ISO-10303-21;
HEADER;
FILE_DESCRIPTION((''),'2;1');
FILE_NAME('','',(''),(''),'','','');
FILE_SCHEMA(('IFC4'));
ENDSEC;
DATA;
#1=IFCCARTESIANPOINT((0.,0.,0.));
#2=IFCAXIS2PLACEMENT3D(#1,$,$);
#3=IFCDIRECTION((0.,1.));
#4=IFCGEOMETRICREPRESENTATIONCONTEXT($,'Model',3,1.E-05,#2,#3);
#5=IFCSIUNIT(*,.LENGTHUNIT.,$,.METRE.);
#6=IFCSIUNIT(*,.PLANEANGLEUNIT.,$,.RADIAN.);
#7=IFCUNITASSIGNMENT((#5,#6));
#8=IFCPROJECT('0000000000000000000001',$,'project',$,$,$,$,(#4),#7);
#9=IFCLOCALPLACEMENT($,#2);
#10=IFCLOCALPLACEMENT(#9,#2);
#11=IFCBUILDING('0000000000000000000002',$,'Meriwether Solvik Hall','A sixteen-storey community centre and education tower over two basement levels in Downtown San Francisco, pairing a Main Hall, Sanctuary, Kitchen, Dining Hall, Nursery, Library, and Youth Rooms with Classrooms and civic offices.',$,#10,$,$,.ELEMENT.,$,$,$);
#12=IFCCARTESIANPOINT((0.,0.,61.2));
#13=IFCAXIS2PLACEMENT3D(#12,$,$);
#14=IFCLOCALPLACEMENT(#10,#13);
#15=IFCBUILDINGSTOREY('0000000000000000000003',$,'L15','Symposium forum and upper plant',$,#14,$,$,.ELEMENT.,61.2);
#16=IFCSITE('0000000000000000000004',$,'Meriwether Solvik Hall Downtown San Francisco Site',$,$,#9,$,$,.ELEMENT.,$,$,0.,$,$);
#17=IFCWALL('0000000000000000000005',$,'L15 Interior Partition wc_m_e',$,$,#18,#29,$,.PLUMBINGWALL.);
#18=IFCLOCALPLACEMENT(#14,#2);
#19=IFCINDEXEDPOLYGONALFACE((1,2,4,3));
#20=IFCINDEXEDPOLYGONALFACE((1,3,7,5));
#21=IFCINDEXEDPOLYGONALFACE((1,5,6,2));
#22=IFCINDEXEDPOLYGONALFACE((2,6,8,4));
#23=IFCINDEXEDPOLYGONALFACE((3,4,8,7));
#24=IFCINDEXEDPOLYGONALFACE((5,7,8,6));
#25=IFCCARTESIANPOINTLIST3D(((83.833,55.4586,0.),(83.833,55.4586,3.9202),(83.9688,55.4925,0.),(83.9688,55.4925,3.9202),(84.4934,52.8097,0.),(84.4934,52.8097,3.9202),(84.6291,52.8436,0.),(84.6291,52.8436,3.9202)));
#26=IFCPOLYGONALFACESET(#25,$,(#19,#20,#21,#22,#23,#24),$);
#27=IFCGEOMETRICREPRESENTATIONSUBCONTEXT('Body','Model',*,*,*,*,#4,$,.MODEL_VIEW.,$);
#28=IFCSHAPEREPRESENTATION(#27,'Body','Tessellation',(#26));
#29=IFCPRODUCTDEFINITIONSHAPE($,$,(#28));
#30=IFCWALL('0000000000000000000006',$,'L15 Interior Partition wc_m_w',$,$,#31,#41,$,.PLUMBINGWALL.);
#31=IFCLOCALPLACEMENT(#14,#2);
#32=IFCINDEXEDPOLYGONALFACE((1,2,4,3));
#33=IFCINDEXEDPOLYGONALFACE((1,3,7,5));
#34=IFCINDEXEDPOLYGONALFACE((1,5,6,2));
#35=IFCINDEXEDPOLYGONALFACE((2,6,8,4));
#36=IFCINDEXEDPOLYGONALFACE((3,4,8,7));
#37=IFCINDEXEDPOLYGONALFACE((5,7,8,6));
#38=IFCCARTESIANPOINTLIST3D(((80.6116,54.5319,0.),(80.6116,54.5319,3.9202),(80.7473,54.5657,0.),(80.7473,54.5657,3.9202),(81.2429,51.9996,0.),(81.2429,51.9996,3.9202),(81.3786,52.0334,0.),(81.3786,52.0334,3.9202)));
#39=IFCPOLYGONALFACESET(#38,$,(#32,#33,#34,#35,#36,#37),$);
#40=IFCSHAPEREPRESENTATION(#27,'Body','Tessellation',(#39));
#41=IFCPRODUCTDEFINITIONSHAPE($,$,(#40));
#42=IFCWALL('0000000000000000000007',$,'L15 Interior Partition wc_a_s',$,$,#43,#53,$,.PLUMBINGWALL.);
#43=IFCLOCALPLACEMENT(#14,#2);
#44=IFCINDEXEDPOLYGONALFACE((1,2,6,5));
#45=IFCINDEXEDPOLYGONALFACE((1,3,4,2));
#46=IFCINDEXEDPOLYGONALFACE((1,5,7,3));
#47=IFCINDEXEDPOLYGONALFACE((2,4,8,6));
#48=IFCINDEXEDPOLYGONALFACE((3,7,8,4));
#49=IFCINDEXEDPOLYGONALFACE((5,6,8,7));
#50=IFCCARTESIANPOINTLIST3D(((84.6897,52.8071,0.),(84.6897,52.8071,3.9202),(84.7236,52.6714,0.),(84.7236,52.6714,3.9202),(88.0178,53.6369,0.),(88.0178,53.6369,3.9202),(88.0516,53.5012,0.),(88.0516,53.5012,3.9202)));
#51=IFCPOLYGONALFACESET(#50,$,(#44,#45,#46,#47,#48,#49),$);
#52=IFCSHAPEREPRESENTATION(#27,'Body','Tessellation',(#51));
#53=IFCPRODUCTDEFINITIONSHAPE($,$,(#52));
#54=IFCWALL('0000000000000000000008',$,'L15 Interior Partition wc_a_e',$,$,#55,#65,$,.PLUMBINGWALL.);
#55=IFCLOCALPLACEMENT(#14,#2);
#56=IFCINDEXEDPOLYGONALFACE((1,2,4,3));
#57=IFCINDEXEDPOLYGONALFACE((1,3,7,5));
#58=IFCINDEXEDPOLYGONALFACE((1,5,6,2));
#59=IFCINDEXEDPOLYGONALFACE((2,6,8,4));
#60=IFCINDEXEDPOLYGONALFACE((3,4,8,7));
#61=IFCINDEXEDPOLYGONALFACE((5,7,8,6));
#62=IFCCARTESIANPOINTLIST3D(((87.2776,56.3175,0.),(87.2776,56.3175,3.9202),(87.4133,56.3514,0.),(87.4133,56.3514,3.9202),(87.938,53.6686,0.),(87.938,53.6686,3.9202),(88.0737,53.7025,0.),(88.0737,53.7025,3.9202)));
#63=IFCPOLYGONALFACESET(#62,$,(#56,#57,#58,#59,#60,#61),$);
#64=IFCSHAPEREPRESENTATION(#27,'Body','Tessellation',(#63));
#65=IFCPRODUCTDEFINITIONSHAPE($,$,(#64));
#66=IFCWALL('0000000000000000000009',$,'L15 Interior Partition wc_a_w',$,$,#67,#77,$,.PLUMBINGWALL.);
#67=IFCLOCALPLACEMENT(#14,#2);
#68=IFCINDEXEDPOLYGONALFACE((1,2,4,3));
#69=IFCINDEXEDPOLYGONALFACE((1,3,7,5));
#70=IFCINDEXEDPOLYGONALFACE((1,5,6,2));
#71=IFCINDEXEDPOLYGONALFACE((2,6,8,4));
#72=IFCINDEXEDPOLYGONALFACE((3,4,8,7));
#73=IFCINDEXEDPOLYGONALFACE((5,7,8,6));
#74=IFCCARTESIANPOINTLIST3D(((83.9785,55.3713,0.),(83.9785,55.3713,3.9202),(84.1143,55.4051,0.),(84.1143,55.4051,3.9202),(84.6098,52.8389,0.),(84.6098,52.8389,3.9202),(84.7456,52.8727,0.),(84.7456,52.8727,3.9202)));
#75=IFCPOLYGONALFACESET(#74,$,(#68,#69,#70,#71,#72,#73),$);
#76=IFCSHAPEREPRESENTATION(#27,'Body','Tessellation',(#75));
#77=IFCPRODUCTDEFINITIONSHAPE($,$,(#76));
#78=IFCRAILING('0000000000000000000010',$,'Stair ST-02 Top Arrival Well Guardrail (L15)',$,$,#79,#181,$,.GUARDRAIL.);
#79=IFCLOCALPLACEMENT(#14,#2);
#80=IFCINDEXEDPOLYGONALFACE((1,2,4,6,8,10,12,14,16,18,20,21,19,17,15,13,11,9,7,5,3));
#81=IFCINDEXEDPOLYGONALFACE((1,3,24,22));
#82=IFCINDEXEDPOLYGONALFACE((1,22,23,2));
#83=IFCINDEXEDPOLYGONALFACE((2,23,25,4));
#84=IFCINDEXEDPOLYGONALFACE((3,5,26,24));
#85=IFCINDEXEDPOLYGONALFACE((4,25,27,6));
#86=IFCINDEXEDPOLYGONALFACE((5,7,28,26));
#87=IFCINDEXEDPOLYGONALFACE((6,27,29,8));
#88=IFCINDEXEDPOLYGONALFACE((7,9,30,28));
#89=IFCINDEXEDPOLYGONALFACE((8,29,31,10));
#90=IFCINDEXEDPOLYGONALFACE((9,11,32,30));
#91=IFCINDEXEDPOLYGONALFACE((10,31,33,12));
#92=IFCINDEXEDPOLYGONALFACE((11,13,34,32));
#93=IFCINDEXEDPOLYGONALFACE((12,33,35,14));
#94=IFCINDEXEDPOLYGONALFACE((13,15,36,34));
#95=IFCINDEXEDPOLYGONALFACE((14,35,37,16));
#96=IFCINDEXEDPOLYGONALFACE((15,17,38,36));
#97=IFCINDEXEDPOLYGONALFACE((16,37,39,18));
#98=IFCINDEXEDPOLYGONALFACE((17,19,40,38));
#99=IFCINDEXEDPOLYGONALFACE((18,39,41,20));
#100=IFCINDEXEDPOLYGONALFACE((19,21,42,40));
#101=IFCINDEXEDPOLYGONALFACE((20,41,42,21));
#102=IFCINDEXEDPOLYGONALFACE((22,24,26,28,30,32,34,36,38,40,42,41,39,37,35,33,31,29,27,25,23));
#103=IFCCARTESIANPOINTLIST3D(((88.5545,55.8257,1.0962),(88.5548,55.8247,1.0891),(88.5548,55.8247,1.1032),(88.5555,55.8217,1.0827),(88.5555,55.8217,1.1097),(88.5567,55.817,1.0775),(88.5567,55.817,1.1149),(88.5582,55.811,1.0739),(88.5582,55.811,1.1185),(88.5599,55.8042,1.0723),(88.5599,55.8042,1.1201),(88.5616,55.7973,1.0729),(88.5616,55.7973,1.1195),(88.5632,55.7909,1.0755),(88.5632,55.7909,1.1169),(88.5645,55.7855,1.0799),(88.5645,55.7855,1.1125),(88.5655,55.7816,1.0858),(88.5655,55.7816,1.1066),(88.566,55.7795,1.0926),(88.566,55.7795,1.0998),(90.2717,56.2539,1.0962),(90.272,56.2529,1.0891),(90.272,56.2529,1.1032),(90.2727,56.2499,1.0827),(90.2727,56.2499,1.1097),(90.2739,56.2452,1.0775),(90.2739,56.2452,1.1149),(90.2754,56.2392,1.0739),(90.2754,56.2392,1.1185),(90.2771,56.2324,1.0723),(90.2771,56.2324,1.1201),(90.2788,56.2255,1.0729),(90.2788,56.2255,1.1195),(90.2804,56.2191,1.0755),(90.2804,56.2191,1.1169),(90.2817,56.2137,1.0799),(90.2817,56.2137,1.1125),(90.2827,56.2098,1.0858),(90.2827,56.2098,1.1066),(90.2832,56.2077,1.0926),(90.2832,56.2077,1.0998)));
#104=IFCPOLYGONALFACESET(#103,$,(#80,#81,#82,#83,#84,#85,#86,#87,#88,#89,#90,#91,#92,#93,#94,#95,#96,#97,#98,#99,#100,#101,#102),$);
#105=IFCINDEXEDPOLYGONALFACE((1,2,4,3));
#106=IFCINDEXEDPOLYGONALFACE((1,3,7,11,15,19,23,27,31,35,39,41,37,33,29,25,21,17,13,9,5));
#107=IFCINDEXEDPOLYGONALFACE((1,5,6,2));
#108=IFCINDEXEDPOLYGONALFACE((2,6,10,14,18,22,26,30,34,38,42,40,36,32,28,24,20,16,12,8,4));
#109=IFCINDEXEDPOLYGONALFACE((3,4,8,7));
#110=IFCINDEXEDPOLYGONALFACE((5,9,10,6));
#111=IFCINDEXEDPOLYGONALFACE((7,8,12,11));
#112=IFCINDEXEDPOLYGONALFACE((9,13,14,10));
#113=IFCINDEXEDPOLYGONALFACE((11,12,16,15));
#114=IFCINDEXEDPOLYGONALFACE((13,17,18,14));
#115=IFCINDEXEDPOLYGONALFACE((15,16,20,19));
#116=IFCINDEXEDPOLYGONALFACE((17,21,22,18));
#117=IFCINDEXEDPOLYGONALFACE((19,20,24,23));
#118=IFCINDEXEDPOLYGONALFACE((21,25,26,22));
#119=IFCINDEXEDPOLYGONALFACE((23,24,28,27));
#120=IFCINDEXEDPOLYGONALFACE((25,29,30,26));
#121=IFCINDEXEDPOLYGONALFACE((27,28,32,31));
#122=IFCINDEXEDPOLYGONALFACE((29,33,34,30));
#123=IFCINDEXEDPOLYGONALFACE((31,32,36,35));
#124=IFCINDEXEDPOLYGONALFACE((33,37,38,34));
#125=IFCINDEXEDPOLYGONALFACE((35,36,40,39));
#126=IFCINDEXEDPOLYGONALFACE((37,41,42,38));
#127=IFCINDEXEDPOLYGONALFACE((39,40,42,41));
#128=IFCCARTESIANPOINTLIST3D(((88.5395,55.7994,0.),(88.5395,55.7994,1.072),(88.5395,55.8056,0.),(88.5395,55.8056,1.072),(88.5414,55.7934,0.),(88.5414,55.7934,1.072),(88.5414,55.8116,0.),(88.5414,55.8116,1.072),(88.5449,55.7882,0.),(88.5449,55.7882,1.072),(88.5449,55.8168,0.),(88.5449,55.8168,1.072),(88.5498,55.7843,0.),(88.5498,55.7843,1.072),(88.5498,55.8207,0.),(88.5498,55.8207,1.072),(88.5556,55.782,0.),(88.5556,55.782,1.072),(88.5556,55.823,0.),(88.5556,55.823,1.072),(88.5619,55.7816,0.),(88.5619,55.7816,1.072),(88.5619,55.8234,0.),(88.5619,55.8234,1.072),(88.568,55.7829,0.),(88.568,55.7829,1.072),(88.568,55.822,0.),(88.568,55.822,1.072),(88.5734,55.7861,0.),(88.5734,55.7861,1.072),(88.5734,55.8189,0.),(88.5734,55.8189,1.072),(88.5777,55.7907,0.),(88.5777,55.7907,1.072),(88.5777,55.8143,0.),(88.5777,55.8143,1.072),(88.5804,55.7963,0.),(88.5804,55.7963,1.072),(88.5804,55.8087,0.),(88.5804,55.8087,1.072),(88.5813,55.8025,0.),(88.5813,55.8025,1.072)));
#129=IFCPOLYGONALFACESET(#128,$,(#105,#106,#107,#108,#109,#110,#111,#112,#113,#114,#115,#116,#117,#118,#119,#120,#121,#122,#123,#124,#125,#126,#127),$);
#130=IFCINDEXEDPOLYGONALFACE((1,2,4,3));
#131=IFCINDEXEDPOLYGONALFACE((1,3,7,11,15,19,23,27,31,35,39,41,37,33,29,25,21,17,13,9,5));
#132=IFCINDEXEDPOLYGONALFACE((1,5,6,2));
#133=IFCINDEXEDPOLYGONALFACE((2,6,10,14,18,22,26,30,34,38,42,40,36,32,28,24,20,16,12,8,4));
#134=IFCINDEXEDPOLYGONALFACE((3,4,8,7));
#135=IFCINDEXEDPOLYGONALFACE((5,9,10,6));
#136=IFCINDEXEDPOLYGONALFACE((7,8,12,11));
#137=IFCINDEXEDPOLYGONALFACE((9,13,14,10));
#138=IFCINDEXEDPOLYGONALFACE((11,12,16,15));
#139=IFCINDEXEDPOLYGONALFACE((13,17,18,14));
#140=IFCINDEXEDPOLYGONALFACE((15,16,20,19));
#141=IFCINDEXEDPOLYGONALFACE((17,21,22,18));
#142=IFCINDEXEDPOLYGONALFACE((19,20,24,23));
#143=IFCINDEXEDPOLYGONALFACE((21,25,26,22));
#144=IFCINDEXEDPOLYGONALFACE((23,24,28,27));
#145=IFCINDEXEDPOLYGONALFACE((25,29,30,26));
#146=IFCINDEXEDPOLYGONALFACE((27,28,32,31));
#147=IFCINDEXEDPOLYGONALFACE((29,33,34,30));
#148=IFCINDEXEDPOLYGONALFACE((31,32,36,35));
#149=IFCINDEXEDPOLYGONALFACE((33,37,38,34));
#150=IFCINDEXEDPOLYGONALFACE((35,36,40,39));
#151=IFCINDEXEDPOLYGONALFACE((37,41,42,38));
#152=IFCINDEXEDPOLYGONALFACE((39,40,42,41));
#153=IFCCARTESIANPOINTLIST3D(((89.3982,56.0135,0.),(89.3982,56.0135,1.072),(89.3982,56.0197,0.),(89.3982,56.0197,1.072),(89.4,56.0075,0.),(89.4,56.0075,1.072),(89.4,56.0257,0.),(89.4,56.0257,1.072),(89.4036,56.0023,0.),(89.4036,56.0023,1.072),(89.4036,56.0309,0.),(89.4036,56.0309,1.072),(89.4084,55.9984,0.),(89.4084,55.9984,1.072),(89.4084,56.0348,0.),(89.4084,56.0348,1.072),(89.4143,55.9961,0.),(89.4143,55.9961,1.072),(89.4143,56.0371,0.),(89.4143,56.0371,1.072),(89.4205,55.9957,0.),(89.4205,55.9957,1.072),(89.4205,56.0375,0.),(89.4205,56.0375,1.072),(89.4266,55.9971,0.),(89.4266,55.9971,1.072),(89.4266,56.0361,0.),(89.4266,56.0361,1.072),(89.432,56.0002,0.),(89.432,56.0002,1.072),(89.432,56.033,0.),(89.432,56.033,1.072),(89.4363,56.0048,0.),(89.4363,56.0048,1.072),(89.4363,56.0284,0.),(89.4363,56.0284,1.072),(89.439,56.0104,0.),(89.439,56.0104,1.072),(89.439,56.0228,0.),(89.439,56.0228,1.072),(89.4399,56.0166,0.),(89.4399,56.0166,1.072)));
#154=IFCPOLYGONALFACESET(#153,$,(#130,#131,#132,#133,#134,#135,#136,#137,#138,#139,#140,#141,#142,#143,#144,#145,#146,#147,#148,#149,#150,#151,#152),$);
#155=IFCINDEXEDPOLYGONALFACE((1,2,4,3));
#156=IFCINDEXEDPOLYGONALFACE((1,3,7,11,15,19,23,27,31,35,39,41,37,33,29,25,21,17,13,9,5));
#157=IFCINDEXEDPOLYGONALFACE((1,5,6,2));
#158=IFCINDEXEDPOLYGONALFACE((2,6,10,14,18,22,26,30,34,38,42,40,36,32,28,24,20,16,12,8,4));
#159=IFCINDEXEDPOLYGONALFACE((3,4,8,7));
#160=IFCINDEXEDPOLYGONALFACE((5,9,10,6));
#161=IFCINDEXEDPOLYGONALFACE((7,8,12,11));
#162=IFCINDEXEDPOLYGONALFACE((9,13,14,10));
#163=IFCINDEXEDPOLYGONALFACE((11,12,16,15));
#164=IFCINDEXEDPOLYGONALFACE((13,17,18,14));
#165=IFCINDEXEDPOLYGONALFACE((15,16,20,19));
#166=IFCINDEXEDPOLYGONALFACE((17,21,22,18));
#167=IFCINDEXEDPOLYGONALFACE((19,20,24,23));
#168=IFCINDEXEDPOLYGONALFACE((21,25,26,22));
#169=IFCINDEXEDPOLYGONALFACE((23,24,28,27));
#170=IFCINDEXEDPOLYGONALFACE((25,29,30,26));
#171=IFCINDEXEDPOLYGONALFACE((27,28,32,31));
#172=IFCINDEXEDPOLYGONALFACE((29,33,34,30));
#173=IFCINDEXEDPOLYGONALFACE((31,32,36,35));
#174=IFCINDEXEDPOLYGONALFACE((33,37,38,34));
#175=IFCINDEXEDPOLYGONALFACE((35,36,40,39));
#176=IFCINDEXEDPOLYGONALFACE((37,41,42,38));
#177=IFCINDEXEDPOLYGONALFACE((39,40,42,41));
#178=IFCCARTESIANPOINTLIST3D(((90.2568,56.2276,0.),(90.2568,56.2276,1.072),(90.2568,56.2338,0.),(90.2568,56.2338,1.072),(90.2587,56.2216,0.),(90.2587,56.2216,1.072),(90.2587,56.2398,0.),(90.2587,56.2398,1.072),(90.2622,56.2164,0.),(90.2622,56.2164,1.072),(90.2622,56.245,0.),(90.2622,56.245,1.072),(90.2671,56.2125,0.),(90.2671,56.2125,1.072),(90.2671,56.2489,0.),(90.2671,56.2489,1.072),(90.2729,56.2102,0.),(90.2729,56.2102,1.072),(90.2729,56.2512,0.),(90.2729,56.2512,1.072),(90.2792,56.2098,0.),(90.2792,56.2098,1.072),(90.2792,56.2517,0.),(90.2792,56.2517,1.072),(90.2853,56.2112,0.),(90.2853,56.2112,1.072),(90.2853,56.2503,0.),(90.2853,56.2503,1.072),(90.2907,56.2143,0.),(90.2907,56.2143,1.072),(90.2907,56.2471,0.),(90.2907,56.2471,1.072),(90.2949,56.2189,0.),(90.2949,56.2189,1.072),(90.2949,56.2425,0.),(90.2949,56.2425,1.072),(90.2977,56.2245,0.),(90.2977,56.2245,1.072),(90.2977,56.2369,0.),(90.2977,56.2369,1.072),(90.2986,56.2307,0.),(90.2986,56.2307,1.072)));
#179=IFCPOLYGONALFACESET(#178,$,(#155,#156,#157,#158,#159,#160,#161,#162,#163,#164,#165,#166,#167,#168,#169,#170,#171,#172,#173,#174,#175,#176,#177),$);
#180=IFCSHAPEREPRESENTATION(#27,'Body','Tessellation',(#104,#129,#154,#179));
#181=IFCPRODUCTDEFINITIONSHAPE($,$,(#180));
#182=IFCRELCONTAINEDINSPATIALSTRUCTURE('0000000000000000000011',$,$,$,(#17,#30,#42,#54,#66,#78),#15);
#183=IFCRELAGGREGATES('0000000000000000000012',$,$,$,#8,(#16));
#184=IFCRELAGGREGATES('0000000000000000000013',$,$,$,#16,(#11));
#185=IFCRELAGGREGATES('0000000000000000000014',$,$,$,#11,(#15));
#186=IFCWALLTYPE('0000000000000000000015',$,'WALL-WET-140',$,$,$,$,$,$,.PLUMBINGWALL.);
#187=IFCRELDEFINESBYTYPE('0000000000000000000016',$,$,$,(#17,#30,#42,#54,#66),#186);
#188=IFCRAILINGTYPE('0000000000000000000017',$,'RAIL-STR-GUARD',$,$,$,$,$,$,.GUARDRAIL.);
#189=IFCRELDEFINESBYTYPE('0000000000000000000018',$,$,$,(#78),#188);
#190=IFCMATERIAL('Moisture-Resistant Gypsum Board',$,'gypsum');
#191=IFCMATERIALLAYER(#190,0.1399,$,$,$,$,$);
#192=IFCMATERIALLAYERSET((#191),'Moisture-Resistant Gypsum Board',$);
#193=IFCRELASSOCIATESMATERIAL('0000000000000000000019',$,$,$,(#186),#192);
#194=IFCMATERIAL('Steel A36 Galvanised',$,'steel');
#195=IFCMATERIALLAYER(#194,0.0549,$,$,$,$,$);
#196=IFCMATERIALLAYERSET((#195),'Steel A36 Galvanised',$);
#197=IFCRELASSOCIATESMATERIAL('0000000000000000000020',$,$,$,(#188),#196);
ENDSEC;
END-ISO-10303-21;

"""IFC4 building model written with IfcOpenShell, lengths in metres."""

from ifc_helpers import new_model, si_unit, direction, frame, frame_2d, origin, origin_2d, place, context, subcontext, project, spatial, rectangle, circle, extrude, material, layer, layer_set, type_object, element, save


model = new_model("IFC4")

# Units and contexts
model_context = context("Model", 3, precision=1e-05, world=origin(), true_north=direction((0.0, 1.0)))
body_context = subcontext(model_context, "Body", "Model", "MODEL_VIEW")
ifc_project = project(units=[si_unit("LENGTHUNIT", "METRE"), si_unit("PLANEANGLEUNIT", "RADIAN")], contexts=[model_context])

# Site, building, storey
site_placement = place(None, origin())
site = spatial("IfcSite", under=ifc_project, at=site_placement, Name="Meriwether Solvik Hall Downtown San Francisco Site", CompositionType="ELEMENT", RefElevation=0.0)
building_placement = place(site_placement, origin())
building = spatial("IfcBuilding", under=site, at=building_placement, Name="Meriwether Solvik Hall", Description="A sixteen-storey community centre and education tower over two basement levels in Downtown San Francisco, pairing a Main Hall, Sanctuary, Kitchen, Dining Hall, Nursery, Library, and Youth Rooms with Classrooms and civic offices.", CompositionType="ELEMENT")
storey_placement = place(building_placement, frame((0.0, 0.0, 61.2)))
storey = spatial("IfcBuildingStorey", under=building, at=storey_placement, Name="L15", Description="Symposium forum and upper plant", CompositionType="ELEMENT", Elevation=61.2)

# Wall
ifc_material_1 = material(Name="Moisture-Resistant Gypsum Board", Category="gypsum")
ifc_layer_1 = layer(ifc_material_1, 0.1399)
ifc_layer_set_1 = layer_set([ifc_layer_1], Name="Moisture-Resistant Gypsum Board")
wall_type_1 = type_object("IfcWallType", Name="WALL-WET-140", PredefinedType="PLUMBINGWALL", material=ifc_layer_set_1)
wall_1_placement = place(storey_placement, frame((84.5613, 52.8267, 0.0), z_axis=(0.0, 0.0, 1.0), x_axis=(-0.241904, 0.9703, 0.0)))
element("IfcWall", 1, at=wall_1_placement, inside=storey, type_object=wall_type_1, Name="L15 Interior Partition wc_m_e", PredefinedType="PLUMBINGWALL", context=body_context, shape_type="SweptSolid", body=[
    extrude(rectangle(XDim=2.73, YDim=0.1399, at=frame_2d((1.365, 0.0))), origin(), (0.0, 0.0, 1.0), 3.9202),
])

# Walls
wall_2_placement = place(storey_placement, frame((80.6794, 54.5488, 0.0), z_axis=(0.0, 0.0, 1.0), x_axis=(0.241897, -0.970302, 0.0)))
element("IfcWall", 2, at=wall_2_placement, inside=storey, type_object=wall_type_1, Name="L15 Interior Partition wc_m_w", PredefinedType="PLUMBINGWALL", context=body_context, shape_type="SweptSolid", body=[
    extrude(rectangle(XDim=2.6099, YDim=0.1399, at=frame_2d((1.3049, 0.0))), origin(), (0.0, 0.0, 1.0), 3.9202),
])
wall_3_placement = place(storey_placement, frame((84.7068, 52.7393, 0.0), z_axis=(0.0, 0.0, 1.0), x_axis=(0.970293, 0.241933, 0.0)))
element("IfcWall", 3, at=wall_3_placement, inside=storey, type_object=wall_type_1, Name="L15 Interior Partition wc_a_s", PredefinedType="PLUMBINGWALL", context=body_context, shape_type="SweptSolid", body=[
    extrude(rectangle(XDim=3.4299, YDim=0.1399, at=frame_2d((1.7148, 0.0))), origin(), (0.0, 0.0, 1.0), 3.9202),
])
wall_4_placement = place(storey_placement, frame((88.0059, 53.6855, 0.0), z_axis=(0.0, 0.0, 1.0), x_axis=(-0.241904, 0.9703, 0.0)))
element("IfcWall", 4, at=wall_4_placement, inside=storey, type_object=wall_type_1, Name="L15 Interior Partition wc_a_e", PredefinedType="PLUMBINGWALL", context=body_context, shape_type="SweptSolid", body=[
    extrude(rectangle(XDim=2.73, YDim=0.1399, at=frame_2d((1.365, 0.0))), origin(), (0.0, 0.0, 1.0), 3.9202),
])

# Wall
wall_5_placement = place(storey_placement, frame((84.0464, 55.3882, 0.0), z_axis=(0.0, 0.0, 1.0), x_axis=(0.241897, -0.970302, 0.0)))
element("IfcWall", 5, at=wall_5_placement, inside=storey, type_object=wall_type_1, Name="L15 Interior Partition wc_a_w", PredefinedType="PLUMBINGWALL", context=body_context, shape_type="SweptSolid", body=[
    extrude(rectangle(XDim=2.6099, YDim=0.1399, at=frame_2d((1.3049, 0.0))), origin(), (0.0, 0.0, 1.0), 3.9202),
])

# Railing
ifc_material_2 = material(Name="Steel A36 Galvanised", Category="steel")
ifc_layer_2 = layer(ifc_material_2, 0.0549)
ifc_layer_set_2 = layer_set([ifc_layer_2], Name="Steel A36 Galvanised")
railing_type = type_object("IfcRailingType", Name="RAIL-STR-GUARD", PredefinedType="GUARDRAIL", material=ifc_layer_set_2)
railing_placement = place(storey_placement, frame((88.5603, 55.8025, 0.0)))
element("IfcRailing", 6, at=railing_placement, inside=storey, type_object=railing_type, Name="Stair ST-02 Top Arrival Well Guardrail (L15)", PredefinedType="GUARDRAIL", context=body_context, shape_type="SweptSolid", body=[
    extrude(circle(Radius=0.0239, at=origin_2d()), frame((0.0, 0.0, 1.0962), z_axis=(0.970288, 0.241951, 0.0), x_axis=(-0.241951, 0.970288, 0.0)), (0.0, 0.0, 1.0), 1.7698),
    extrude(circle(Radius=0.021, at=origin_2d()), origin(), (0.0, 0.0, 1.0), 1.072),
    extrude(circle(Radius=0.021, at=origin_2d()), frame((0.8586, 0.2141, 0.0)), (0.0, 0.0, 1.0), 1.072),
    extrude(circle(Radius=0.021, at=origin_2d()), frame((1.7173, 0.4282, 0.0)), (0.0, 0.0, 1.0), 1.072),
])

save(model, "model.ifc")
